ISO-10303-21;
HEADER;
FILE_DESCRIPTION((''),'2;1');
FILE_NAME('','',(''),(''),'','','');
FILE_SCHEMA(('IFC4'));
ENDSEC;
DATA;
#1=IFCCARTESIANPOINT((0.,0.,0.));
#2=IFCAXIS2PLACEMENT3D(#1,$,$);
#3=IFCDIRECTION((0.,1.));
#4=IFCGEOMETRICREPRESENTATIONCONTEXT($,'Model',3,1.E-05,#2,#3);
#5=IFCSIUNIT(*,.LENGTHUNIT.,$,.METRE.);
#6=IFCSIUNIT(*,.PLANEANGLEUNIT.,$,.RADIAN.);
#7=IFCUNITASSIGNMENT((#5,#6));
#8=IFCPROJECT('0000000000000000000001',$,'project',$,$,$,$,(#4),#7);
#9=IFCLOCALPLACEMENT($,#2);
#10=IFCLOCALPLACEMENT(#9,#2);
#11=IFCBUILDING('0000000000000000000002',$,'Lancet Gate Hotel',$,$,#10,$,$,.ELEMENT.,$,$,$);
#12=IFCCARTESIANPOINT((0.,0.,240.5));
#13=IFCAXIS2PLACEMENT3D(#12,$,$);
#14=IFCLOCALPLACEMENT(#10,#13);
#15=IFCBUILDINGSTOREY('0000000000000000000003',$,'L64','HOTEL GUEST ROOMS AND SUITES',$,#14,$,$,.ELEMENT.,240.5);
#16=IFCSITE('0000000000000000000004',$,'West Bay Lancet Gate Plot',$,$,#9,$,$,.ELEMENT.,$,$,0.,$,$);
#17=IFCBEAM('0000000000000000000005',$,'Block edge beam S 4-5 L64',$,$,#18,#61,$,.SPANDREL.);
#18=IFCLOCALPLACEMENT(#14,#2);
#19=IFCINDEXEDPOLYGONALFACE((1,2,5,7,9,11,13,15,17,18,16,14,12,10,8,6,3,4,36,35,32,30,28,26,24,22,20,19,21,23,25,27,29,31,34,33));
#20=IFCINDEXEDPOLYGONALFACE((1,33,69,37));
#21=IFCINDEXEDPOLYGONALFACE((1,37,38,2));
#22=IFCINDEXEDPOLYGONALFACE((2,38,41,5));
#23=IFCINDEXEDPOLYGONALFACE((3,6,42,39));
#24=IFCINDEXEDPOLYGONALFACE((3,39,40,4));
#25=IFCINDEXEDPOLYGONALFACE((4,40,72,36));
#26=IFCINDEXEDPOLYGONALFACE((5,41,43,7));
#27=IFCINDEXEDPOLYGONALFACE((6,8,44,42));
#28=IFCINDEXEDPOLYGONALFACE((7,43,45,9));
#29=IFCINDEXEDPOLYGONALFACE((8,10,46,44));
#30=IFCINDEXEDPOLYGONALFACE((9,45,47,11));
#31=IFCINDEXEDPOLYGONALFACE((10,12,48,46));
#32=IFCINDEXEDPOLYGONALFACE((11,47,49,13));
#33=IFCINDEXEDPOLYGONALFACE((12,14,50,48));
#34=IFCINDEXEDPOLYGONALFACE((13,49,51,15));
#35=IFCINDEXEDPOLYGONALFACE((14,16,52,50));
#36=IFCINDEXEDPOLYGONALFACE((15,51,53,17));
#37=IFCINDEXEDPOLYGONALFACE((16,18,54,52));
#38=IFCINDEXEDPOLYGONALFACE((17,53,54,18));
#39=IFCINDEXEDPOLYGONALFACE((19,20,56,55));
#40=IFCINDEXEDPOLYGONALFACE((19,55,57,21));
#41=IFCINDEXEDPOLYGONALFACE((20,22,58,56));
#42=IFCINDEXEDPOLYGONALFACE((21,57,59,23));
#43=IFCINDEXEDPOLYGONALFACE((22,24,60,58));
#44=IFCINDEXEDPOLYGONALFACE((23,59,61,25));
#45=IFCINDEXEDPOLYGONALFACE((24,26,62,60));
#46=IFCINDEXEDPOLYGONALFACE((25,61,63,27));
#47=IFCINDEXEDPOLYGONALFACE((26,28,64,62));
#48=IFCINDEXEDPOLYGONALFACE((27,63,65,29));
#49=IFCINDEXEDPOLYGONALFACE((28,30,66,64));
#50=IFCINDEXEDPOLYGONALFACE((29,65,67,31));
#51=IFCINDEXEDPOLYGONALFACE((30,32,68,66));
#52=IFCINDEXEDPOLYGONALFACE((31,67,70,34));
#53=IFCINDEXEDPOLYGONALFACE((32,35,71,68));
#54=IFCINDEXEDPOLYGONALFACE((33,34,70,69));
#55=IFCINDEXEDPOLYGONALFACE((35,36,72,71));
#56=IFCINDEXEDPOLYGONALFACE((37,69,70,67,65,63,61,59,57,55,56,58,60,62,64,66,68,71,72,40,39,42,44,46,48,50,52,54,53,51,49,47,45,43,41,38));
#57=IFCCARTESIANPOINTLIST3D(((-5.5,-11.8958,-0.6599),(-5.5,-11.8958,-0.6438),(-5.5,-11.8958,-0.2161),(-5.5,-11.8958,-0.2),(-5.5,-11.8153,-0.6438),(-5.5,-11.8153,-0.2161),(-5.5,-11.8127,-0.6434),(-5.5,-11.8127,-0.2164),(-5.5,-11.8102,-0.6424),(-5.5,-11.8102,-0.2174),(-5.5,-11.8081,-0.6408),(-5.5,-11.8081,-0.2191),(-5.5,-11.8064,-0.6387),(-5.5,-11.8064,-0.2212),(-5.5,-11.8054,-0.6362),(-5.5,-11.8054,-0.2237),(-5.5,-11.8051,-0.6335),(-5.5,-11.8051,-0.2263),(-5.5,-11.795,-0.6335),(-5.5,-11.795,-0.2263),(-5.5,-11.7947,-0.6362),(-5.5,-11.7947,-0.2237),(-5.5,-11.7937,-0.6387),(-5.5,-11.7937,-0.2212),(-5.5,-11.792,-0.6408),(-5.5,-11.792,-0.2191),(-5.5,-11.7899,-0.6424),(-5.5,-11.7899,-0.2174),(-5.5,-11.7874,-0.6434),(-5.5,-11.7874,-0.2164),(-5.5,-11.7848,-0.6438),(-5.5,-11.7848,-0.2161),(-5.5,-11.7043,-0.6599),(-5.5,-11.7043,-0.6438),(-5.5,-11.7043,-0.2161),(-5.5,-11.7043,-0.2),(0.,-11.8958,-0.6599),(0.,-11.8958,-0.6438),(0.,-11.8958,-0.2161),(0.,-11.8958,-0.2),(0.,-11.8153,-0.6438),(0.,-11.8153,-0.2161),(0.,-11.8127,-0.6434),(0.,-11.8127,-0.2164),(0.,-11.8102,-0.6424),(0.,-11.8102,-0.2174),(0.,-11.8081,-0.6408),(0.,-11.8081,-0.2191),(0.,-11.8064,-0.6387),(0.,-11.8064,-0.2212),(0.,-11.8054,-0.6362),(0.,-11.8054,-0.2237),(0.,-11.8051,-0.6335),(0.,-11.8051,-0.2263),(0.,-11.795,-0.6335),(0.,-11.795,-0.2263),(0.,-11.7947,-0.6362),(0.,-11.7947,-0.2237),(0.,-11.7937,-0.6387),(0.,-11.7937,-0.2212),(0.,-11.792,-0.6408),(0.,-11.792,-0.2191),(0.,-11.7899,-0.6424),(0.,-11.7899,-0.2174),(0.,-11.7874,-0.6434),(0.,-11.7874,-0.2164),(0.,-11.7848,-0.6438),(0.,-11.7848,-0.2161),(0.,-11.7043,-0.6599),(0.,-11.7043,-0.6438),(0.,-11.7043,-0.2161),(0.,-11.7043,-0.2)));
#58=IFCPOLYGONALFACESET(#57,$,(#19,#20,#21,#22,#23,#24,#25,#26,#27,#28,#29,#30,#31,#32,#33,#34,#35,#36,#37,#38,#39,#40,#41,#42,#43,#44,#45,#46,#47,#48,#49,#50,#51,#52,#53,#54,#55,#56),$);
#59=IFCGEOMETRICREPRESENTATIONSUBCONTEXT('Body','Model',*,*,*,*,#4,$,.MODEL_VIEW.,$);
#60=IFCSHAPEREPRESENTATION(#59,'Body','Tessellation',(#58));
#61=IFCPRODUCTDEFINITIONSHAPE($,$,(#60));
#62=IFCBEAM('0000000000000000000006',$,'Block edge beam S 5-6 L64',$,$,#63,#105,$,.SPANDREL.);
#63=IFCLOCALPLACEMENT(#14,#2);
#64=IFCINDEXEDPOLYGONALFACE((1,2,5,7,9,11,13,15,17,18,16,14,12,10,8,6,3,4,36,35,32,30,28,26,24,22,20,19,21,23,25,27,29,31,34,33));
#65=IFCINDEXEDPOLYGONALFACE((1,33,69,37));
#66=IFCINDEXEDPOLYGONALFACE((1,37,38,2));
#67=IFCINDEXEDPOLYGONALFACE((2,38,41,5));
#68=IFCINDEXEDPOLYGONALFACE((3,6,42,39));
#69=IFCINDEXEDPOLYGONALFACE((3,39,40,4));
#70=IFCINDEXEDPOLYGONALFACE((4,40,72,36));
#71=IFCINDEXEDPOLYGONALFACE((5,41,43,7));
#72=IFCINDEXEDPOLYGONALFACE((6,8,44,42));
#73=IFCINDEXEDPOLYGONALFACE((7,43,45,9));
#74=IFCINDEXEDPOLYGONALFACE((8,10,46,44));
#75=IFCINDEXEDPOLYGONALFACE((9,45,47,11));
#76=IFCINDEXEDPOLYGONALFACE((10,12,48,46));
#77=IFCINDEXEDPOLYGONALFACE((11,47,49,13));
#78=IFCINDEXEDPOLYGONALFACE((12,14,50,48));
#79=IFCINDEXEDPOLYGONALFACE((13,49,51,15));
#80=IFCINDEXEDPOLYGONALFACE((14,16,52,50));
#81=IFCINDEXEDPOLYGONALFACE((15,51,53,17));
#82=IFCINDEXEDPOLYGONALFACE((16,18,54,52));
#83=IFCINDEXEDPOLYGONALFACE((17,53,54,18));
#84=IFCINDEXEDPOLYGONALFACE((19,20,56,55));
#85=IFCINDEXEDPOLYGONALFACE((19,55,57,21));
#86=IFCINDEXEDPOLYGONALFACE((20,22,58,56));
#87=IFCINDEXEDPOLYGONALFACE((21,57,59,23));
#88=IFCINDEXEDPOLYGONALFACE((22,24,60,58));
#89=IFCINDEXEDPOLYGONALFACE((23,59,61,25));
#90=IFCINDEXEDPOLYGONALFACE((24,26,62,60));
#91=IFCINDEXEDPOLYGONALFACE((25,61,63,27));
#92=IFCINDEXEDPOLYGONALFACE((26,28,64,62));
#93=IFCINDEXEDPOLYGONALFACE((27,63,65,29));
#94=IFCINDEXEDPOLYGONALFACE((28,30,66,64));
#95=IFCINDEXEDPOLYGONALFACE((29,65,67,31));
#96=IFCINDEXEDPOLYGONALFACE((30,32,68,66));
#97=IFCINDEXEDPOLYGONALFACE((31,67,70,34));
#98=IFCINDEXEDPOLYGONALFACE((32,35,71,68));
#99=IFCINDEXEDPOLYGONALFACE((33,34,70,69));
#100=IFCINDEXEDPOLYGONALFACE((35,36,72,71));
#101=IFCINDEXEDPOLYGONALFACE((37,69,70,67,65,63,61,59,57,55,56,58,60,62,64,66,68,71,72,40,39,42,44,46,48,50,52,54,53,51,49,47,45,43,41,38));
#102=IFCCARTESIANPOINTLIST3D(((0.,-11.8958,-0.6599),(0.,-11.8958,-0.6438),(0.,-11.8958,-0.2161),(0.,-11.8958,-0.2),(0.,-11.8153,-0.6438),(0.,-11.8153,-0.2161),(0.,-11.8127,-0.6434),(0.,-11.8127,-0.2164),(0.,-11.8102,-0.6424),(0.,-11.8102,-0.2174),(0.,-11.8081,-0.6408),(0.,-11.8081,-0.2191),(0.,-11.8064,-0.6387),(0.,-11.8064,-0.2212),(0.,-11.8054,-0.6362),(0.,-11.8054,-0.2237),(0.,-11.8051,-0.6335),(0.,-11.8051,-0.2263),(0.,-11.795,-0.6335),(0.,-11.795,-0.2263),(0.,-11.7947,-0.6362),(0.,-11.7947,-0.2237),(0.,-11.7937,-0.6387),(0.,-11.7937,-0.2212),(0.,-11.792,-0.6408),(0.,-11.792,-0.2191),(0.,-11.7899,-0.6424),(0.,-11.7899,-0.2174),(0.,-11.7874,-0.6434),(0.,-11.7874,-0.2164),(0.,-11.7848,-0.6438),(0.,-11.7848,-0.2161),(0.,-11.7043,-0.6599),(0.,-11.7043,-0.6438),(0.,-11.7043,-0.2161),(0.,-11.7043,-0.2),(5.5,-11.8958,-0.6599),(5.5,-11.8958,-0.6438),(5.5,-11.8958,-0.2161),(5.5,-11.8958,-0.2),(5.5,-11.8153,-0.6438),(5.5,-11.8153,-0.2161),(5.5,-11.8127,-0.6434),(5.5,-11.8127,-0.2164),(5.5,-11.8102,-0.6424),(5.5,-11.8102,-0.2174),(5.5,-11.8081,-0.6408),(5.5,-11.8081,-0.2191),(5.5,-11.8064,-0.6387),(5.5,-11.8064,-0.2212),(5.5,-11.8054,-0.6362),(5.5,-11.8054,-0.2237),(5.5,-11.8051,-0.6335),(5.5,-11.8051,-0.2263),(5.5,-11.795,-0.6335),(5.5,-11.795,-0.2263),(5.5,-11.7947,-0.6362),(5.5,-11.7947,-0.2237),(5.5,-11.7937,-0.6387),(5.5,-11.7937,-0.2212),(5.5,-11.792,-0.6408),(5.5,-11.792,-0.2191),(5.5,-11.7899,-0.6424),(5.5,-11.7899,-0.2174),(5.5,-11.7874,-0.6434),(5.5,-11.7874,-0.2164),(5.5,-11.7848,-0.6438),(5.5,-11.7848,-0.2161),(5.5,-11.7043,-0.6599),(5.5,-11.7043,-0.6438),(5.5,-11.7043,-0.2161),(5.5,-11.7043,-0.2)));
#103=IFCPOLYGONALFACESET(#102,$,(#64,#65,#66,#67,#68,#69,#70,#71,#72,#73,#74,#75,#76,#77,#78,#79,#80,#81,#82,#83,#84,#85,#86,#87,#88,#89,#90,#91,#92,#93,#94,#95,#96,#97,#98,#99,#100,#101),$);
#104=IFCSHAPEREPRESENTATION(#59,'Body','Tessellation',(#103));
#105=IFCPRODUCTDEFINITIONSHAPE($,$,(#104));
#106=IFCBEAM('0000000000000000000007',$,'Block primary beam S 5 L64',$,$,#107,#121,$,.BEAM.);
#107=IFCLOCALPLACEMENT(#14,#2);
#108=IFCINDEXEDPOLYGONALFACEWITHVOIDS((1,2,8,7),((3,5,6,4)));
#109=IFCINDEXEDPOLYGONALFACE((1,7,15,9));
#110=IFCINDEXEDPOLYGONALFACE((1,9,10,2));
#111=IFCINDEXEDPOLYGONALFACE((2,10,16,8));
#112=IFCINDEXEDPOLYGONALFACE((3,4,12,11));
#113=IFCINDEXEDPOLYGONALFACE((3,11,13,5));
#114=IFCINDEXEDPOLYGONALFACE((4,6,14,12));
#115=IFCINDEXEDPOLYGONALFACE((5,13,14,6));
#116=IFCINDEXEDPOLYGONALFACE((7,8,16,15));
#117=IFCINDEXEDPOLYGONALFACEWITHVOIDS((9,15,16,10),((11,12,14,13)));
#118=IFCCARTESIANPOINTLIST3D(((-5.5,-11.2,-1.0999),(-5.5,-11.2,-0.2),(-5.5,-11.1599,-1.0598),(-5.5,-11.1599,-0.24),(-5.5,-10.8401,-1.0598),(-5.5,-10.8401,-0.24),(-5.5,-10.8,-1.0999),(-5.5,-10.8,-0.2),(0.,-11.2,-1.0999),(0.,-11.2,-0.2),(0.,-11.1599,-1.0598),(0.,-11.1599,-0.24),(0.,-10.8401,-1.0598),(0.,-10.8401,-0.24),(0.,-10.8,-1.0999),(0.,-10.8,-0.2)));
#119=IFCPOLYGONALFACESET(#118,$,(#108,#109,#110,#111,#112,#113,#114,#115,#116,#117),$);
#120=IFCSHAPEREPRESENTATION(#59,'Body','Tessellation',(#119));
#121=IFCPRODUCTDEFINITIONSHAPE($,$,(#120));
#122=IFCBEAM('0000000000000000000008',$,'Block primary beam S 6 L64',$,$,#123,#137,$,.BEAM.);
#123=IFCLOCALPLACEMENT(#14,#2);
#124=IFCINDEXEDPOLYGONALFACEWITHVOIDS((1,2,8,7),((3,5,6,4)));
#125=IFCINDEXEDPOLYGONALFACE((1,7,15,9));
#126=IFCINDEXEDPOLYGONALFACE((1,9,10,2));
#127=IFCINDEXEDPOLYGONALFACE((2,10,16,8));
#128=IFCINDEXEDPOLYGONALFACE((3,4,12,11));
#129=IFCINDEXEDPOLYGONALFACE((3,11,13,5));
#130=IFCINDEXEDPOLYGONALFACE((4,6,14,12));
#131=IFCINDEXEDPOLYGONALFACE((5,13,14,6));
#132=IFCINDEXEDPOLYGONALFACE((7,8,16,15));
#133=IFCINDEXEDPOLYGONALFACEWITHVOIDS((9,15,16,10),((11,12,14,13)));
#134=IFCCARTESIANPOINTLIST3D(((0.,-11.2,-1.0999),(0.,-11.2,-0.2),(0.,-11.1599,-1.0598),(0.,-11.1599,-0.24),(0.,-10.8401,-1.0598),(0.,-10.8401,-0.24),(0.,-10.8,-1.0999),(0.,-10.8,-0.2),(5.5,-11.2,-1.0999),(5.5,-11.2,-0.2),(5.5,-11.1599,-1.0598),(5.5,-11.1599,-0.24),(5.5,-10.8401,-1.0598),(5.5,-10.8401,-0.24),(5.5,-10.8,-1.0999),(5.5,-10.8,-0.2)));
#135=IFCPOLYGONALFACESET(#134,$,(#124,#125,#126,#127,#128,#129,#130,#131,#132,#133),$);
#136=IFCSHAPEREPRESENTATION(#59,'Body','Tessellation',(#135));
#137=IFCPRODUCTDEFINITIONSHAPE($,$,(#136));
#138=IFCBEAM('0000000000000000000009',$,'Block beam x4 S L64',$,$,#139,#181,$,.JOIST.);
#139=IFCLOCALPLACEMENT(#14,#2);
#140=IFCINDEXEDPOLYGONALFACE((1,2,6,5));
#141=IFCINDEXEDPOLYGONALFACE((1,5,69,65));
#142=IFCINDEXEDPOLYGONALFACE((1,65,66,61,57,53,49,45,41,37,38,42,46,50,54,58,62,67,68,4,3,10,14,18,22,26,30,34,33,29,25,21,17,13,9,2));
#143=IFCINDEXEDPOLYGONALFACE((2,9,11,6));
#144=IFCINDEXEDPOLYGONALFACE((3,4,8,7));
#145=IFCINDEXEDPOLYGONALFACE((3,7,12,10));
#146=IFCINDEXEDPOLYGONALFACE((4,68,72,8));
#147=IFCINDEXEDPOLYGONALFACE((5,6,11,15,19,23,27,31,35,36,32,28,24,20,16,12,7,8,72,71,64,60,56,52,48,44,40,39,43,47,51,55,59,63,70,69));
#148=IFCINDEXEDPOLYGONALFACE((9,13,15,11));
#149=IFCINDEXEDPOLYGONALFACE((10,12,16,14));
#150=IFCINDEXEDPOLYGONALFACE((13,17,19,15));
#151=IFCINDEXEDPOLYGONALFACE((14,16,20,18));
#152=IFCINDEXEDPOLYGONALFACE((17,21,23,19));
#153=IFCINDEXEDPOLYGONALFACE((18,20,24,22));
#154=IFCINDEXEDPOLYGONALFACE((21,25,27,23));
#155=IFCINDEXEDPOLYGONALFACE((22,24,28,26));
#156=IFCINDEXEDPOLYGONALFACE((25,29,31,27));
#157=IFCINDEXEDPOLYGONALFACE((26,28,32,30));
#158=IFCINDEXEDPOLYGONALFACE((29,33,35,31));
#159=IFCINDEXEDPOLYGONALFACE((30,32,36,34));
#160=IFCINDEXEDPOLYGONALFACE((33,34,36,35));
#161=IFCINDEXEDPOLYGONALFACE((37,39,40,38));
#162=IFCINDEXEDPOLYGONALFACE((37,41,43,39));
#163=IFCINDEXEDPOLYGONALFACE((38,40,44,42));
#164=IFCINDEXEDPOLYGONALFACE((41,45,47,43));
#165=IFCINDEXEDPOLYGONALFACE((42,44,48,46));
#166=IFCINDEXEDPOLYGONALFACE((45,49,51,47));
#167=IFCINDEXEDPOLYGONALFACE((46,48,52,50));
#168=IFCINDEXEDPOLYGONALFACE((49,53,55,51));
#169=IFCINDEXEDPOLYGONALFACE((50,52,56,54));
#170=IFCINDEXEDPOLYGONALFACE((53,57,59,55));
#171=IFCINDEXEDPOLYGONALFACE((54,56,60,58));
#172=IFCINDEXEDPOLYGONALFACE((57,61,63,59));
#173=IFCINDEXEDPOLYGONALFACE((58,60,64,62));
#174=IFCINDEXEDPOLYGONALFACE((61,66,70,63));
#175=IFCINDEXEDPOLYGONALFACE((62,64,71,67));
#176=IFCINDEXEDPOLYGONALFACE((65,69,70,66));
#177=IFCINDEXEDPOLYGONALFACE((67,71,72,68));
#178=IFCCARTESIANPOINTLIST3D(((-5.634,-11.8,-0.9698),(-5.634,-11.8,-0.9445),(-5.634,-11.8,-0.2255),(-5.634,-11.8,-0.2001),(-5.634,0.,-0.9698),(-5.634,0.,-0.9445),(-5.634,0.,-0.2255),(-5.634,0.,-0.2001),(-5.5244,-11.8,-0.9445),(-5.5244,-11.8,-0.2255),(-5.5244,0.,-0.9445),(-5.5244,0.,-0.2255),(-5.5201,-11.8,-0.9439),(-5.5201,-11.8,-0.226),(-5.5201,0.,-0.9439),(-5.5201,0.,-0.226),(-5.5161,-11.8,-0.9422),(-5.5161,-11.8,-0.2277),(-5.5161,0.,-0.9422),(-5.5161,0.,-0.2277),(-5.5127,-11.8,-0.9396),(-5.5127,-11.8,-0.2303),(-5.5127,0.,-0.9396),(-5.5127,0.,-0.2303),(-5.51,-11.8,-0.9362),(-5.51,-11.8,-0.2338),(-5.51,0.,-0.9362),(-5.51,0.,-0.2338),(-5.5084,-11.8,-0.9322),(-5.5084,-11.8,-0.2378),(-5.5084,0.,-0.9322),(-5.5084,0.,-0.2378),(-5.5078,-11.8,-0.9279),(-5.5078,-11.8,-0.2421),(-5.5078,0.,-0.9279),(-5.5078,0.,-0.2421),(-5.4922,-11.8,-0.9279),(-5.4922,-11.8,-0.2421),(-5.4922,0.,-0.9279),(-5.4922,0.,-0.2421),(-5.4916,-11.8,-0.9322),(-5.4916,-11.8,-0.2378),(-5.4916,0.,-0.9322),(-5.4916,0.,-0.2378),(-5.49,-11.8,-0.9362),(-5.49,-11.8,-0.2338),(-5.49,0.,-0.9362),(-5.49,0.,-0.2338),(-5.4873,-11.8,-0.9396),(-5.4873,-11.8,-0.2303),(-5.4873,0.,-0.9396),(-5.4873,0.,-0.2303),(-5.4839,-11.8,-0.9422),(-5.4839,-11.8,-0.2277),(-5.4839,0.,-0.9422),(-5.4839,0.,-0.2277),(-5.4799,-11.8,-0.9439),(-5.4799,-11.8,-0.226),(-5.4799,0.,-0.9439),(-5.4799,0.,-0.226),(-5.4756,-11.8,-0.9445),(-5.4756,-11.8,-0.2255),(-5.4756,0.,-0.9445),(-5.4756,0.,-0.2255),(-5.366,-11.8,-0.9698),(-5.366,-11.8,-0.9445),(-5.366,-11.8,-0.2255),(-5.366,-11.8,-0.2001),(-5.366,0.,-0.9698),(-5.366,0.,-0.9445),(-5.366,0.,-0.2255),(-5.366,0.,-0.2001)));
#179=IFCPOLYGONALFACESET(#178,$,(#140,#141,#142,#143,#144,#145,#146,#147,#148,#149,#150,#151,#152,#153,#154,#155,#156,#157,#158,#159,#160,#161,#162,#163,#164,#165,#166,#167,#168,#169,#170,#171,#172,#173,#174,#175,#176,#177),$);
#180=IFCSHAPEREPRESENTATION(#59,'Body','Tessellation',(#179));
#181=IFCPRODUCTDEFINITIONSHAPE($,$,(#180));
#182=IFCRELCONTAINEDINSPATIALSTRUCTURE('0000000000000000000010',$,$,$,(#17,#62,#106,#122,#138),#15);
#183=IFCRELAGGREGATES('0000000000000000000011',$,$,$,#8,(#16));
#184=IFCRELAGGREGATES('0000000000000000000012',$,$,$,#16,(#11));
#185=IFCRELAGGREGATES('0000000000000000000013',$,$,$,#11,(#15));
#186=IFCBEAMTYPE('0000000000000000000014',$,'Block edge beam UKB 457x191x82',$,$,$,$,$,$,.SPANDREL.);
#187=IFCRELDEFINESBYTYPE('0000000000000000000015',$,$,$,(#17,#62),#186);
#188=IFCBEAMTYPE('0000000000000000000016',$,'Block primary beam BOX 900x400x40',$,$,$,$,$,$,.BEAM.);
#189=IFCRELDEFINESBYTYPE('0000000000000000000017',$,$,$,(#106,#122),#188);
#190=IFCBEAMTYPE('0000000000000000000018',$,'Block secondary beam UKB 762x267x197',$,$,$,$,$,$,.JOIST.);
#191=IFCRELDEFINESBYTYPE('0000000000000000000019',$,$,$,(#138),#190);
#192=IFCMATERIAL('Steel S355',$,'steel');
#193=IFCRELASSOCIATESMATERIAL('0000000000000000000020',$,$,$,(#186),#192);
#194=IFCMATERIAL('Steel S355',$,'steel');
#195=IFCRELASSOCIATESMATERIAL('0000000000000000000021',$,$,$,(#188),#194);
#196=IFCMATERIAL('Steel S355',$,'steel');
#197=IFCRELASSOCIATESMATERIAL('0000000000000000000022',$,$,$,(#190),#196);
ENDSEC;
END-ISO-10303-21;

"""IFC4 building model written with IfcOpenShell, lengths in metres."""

from ifc_helpers import new_model, si_unit, direction, frame, origin, origin_2d, place, context, subcontext, project, spatial, hollow_rectangle, i_section, extrude, material, material_profile, profile_set, type_object, element, save


model = new_model("IFC4")

# Units and contexts
model_context = context("Model", 3, precision=1e-05, world=origin(), true_north=direction((0.0, 1.0)))
body_context = subcontext(model_context, "Body", "Model", "MODEL_VIEW")
ifc_project = project(units=[si_unit("LENGTHUNIT", "METRE"), si_unit("PLANEANGLEUNIT", "RADIAN")], contexts=[model_context])

# Site, building, storey
site_placement = place(None, origin())
site = spatial("IfcSite", under=ifc_project, at=site_placement, Name="West Bay Lancet Gate Plot", CompositionType="ELEMENT", RefElevation=0.0)
building_placement = place(site_placement, origin())
building = spatial("IfcBuilding", under=site, at=building_placement, Name="Lancet Gate Hotel", CompositionType="ELEMENT")
storey_placement = place(building_placement, frame((0.0, 0.0, 240.5)))
storey = spatial("IfcBuildingStorey", under=building, at=storey_placement, Name="L64", Description="HOTEL GUEST ROOMS AND SUITES", CompositionType="ELEMENT", Elevation=240.5)

# Beams
ifc_material_1 = material(Name="Steel S355", Category="steel")
ifc_material_profile_1 = material_profile(ifc_material_1, i_section(OverallWidth=0.1914, OverallDepth=0.46, WebThickness=0.01, FlangeThickness=0.0161, FilletRadius=0.0103, at=origin_2d()), Name="UKB 457x191x82")
ifc_profile_set_1 = profile_set([ifc_material_profile_1], Name="Steel S355")
beam_type_1 = type_object("IfcBeamType", Name="Block edge beam UKB 457x191x82", PredefinedType="SPANDREL", material=ifc_profile_set_1)
for number, where, z_axis, x_axis, name in (
    (1, (-5.5, -11.8, -0.4299), (1.0, 0.0, 0.0), (0.0, 1.0, 0.0), "Block edge beam S 4-5 L64"),
    (2, (0.0, -11.8, -0.4299), (1.0, 0.0, 0.0), (0.0, 1.0, 0.0), "Block edge beam S 5-6 L64"),
):
    element("IfcBeam", number, at=place(storey_placement, frame(where, z_axis=z_axis, x_axis=x_axis)), inside=storey, type_object=beam_type_1, Name=name, PredefinedType="SPANDREL", context=body_context, shape_type="SweptSolid", body=[
        extrude(i_section(OverallWidth=0.1914, OverallDepth=0.46, WebThickness=0.01, FlangeThickness=0.0161, FilletRadius=0.0103, at=origin_2d()), origin(), (0.0, 0.0, 1.0), 5.5),
    ])
ifc_material_2 = material(Name="Steel S355", Category="steel")
ifc_material_profile_2 = material_profile(ifc_material_2, hollow_rectangle(XDim=0.3999, YDim=0.8999, WallThickness=0.04, at=origin_2d()), Name="BOX 900x400x40")
ifc_profile_set_2 = profile_set([ifc_material_profile_2], Name="Steel S355")
beam_type_2 = type_object("IfcBeamType", Name="Block primary beam BOX 900x400x40", PredefinedType="BEAM", material=ifc_profile_set_2)
for number, where, z_axis, x_axis, name in (
    (3, (-5.5, -11.0, -0.6499), (1.0, 0.0, 0.0), (0.0, 1.0, 0.0), "Block primary beam S 5 L64"),
    (4, (0.0, -11.0, -0.6499), (1.0, 0.0, 0.0), (0.0, 1.0, 0.0), "Block primary beam S 6 L64"),
):
    element("IfcBeam", number, at=place(storey_placement, frame(where, z_axis=z_axis, x_axis=x_axis)), inside=storey, type_object=beam_type_2, Name=name, PredefinedType="BEAM", context=body_context, shape_type="SweptSolid", body=[
        extrude(hollow_rectangle(XDim=0.3999, YDim=0.8999, WallThickness=0.04, at=origin_2d()), origin(), (0.0, 0.0, 1.0), 5.5),
    ])
ifc_material_3 = material(Name="Steel S355", Category="steel")
ifc_material_profile_3 = material_profile(ifc_material_3, i_section(OverallWidth=0.2681, OverallDepth=0.7698, WebThickness=0.0156, FlangeThickness=0.0254, FilletRadius=0.0166, at=origin_2d()), Name="UKB 762x267x197")
ifc_profile_set_3 = profile_set([ifc_material_profile_3], Name="Steel S355")
beam_type_3 = type_object("IfcBeamType", Name="Block secondary beam UKB 762x267x197", PredefinedType="JOIST", material=ifc_profile_set_3)
for number, where, z_axis, x_axis, name in (
    (5, (-5.5, -11.8, -0.585), (0.0, 1.0, 0.0), (-1.0, 0.0, 0.0), "Block beam x4 S L64"),
):
    element("IfcBeam", number, at=place(storey_placement, frame(where, z_axis=z_axis, x_axis=x_axis)), inside=storey, type_object=beam_type_3, Name=name, PredefinedType="JOIST", context=body_context, shape_type="SweptSolid", body=[
        extrude(i_section(OverallWidth=0.2681, OverallDepth=0.7698, WebThickness=0.0156, FlangeThickness=0.0254, FilletRadius=0.0166, at=origin_2d()), origin(), (0.0, 0.0, 1.0), 11.8),
    ])

save(model, "model.ifc")
